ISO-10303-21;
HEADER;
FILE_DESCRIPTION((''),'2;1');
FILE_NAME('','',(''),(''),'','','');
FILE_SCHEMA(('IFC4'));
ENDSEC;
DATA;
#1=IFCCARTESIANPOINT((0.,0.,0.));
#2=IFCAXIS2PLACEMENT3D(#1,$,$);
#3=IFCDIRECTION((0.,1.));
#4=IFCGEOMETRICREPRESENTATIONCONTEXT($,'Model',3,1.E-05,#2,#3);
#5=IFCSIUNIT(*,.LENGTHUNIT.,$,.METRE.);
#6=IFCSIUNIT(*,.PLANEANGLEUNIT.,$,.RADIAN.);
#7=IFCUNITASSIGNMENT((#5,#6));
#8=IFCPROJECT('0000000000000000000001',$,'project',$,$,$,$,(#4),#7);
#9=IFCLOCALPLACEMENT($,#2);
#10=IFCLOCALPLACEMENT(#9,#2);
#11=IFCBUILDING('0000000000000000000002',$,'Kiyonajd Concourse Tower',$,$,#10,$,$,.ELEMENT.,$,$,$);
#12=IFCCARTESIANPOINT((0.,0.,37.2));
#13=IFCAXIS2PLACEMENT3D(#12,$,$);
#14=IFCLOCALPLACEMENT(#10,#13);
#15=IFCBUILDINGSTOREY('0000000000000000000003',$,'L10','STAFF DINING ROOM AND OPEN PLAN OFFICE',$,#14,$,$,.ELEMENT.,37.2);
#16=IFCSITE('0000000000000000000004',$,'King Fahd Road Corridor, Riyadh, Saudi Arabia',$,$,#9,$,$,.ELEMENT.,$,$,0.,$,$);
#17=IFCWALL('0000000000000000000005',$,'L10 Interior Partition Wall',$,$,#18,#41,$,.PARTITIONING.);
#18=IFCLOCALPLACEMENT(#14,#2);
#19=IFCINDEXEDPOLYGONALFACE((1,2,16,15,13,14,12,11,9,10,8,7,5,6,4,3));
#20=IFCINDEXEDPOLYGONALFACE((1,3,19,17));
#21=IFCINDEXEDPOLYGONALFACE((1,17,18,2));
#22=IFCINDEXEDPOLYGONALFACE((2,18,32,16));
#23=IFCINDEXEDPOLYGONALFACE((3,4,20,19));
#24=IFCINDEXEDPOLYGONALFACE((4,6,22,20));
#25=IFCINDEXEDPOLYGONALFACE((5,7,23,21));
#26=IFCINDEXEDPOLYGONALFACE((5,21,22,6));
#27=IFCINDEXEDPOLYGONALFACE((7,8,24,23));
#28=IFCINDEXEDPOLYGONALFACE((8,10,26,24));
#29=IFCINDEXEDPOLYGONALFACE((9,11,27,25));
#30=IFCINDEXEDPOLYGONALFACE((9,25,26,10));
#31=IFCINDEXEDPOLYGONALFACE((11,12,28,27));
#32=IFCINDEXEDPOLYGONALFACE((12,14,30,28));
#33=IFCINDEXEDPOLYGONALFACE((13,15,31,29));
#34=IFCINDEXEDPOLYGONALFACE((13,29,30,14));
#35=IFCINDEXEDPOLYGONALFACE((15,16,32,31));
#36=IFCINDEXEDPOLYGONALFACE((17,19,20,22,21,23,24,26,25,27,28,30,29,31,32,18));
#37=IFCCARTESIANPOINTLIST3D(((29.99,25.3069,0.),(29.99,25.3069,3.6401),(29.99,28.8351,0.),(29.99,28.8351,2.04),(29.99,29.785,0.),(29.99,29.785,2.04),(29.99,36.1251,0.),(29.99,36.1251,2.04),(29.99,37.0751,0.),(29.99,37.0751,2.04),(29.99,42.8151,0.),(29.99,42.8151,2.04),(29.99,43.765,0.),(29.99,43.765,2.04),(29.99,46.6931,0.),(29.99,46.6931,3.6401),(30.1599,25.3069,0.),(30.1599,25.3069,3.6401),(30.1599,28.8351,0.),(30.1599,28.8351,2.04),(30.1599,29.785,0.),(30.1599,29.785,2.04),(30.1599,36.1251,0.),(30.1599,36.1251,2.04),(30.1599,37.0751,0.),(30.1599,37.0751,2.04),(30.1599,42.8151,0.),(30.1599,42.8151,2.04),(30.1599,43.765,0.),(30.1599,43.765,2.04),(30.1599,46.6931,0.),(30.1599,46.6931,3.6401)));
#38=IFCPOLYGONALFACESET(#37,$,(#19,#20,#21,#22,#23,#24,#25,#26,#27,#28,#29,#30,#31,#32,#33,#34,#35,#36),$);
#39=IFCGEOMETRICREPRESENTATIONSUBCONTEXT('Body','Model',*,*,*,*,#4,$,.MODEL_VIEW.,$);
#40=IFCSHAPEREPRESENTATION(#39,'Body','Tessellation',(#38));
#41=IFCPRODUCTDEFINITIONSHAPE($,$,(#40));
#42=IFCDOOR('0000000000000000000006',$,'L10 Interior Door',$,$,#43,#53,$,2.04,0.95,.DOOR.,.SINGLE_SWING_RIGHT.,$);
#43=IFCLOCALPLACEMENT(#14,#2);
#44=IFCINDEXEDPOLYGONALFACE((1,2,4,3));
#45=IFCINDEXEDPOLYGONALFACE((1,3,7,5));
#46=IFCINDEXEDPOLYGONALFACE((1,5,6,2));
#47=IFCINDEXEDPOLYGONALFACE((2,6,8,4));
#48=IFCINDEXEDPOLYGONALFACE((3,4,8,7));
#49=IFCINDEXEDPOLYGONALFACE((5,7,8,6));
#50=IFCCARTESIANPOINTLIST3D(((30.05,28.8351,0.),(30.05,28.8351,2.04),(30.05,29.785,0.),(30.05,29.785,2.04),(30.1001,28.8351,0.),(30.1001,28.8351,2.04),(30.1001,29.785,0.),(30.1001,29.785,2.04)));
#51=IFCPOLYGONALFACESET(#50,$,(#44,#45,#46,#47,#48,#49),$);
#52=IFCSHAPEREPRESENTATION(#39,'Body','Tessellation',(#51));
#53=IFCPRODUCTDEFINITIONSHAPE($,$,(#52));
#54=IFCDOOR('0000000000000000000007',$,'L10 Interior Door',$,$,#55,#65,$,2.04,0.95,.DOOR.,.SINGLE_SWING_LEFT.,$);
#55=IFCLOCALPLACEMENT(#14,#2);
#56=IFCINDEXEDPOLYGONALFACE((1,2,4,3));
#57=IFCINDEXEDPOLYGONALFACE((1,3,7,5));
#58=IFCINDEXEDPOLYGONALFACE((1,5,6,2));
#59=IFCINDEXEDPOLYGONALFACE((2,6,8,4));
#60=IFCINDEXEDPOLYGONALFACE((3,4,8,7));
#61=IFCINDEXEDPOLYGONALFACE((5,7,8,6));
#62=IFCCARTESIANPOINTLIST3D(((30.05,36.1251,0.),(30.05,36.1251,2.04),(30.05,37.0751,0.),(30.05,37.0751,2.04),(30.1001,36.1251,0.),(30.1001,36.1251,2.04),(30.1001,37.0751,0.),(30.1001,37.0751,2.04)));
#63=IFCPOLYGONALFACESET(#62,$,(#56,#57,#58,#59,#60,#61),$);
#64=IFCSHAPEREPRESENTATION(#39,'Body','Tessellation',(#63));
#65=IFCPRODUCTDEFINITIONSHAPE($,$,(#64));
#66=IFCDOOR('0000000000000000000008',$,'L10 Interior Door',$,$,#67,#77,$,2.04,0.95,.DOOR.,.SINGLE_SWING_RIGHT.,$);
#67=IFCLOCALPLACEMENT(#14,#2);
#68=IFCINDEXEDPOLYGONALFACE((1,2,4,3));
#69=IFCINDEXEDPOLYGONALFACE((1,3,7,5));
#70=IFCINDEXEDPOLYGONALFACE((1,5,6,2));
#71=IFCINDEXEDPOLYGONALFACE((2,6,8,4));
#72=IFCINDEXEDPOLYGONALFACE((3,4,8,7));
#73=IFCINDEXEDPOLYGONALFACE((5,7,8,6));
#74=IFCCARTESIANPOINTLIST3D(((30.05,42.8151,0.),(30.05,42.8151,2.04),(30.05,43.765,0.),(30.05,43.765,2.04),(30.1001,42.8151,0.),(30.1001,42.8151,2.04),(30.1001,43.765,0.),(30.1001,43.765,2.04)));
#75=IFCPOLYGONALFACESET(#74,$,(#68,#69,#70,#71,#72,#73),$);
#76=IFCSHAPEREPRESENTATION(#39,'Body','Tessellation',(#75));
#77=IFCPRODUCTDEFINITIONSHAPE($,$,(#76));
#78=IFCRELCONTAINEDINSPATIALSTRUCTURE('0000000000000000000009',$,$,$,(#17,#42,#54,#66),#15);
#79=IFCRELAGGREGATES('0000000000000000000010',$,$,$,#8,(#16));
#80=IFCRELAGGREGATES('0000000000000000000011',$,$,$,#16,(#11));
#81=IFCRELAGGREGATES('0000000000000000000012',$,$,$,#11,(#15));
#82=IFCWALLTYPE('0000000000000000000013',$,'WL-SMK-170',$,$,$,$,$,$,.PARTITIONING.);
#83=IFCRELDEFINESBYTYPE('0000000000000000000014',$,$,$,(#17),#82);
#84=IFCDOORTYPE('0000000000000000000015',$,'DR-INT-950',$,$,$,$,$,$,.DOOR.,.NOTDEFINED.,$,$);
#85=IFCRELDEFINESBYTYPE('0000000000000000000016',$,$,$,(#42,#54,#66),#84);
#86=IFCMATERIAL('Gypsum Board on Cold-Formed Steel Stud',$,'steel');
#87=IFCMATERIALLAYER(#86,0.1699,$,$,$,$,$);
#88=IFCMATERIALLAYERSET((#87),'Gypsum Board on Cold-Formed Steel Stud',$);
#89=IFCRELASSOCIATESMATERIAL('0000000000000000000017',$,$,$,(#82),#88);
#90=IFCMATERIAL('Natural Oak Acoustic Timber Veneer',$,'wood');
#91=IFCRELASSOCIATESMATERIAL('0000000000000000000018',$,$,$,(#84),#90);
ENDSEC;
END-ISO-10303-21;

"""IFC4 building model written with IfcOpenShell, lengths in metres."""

from ifc_helpers import new_model, si_unit, direction, frame, frame_2d, origin, place, context, subcontext, project, spatial, rectangle, extrude, material, layer, layer_set, type_object, element, fill, save


model = new_model("IFC4")

# Units and contexts
model_context = context("Model", 3, precision=1e-05, world=origin(), true_north=direction((0.0, 1.0)))
body_context = subcontext(model_context, "Body", "Model", "MODEL_VIEW")
ifc_project = project(units=[si_unit("LENGTHUNIT", "METRE"), si_unit("PLANEANGLEUNIT", "RADIAN")], contexts=[model_context])

# Site, building, storey
site_placement = place(None, origin())
site = spatial("IfcSite", under=ifc_project, at=site_placement, Name="King Fahd Road Corridor, Riyadh, Saudi Arabia", CompositionType="ELEMENT", RefElevation=0.0)
building_placement = place(site_placement, origin())
building = spatial("IfcBuilding", under=site, at=building_placement, Name="Kiyonajd Concourse Tower", CompositionType="ELEMENT")
storey_placement = place(building_placement, frame((0.0, 0.0, 37.2)))
storey = spatial("IfcBuildingStorey", under=building, at=storey_placement, Name="L10", Description="STAFF DINING ROOM AND OPEN PLAN OFFICE", CompositionType="ELEMENT", Elevation=37.2)

# Shared definitions
ifc_material_1 = material(Name="Gypsum Board on Cold-Formed Steel Stud", Category="steel")

# Wall, openings, doors
ifc_layer_1 = layer(ifc_material_1, 0.1699)
ifc_layer_set_1 = layer_set([ifc_layer_1], Name="Gypsum Board on Cold-Formed Steel Stud")
wall_type_1 = type_object("IfcWallType", Name="WL-SMK-170", PredefinedType="PARTITIONING", material=ifc_layer_set_1)
ifc_material_2 = material(Name="Natural Oak Acoustic Timber Veneer", Category="wood")
door_type_1 = type_object("IfcDoorType", Name="DR-INT-950", OperationType="NOTDEFINED", PredefinedType="DOOR", material=ifc_material_2)
wall_1_placement = place(storey_placement, frame((30.075, 25.3069, 0.0), z_axis=(0.0, 0.0, 1.0), x_axis=(0.0, 1.0, 0.0)))
wall_1 = element("IfcWall", 1, at=wall_1_placement, inside=storey, type_object=wall_type_1, Name="L10 Interior Partition Wall", PredefinedType="PARTITIONING", context=body_context, shape_type="SweptSolid", body=[
    extrude(rectangle(XDim=21.3862, YDim=0.1699, at=frame_2d((10.6931, 0.0))), origin(), (0.0, 0.0, 1.0), 3.6401),
])
opening_1_placement = place(wall_1_placement, frame((3.5281, 0.0, 0.0)))
opening_1 = element("IfcOpeningElement", 2, at=opening_1_placement, cuts=wall_1, PredefinedType="OPENING", context=body_context, shape_type="SweptSolid", body=[
    extrude(rectangle(XDim=0.95, YDim=2.04, at=frame_2d((0.4751, 1.02))), frame((0.0, 0.095, 0.0), z_axis=(0.0, -1.0, 0.0), x_axis=(1.0, 0.0, 0.0)), (0.0, 0.0, 1.0), 0.1899),
])
opening_2_placement = place(wall_1_placement, frame((10.8181, 0.0, 0.0)))
opening_2 = element("IfcOpeningElement", 3, at=opening_2_placement, cuts=wall_1, PredefinedType="OPENING", context=body_context, shape_type="SweptSolid", body=[
    extrude(rectangle(XDim=0.95, YDim=2.04, at=frame_2d((0.4751, 1.02))), frame((0.0, 0.095, 0.0), z_axis=(0.0, -1.0, 0.0), x_axis=(1.0, 0.0, 0.0)), (0.0, 0.0, 1.0), 0.1899),
])
opening_3_placement = place(wall_1_placement, frame((17.5081, 0.0, 0.0)))
opening_3 = element("IfcOpeningElement", 4, at=opening_3_placement, cuts=wall_1, PredefinedType="OPENING", context=body_context, shape_type="SweptSolid", body=[
    extrude(rectangle(XDim=0.95, YDim=2.04, at=frame_2d((0.4751, 1.02))), frame((0.0, 0.095, 0.0), z_axis=(0.0, -1.0, 0.0), x_axis=(1.0, 0.0, 0.0)), (0.0, 0.0, 1.0), 0.1899),
])
door_1_placement = place(opening_1_placement, origin())
door_1 = element("IfcDoor", 5, at=door_1_placement, inside=storey, type_object=door_type_1, Name="L10 Interior Door", OperationType="SINGLE_SWING_RIGHT", OverallHeight=2.04, OverallWidth=0.95, PredefinedType="DOOR", context=body_context, shape_type="SweptSolid", body=[
    extrude(rectangle(XDim=0.95, YDim=2.04, at=frame_2d((0.4751, 1.02))), frame((0.0, 0.0249, 0.0), z_axis=(0.0, -1.0, 0.0), x_axis=(1.0, 0.0, 0.0)), (0.0, 0.0, 1.0), 0.05),
])
fill(opening_1, door_1)
door_2_placement = place(opening_2_placement, origin())
door_2 = element("IfcDoor", 6, at=door_2_placement, inside=storey, type_object=door_type_1, Name="L10 Interior Door", OperationType="SINGLE_SWING_LEFT", OverallHeight=2.04, OverallWidth=0.95, PredefinedType="DOOR", context=body_context, shape_type="SweptSolid", body=[
    extrude(rectangle(XDim=0.95, YDim=2.04, at=frame_2d((0.4751, 1.02))), frame((0.0, 0.0249, 0.0), z_axis=(0.0, -1.0, 0.0), x_axis=(1.0, 0.0, 0.0)), (0.0, 0.0, 1.0), 0.05),
])
fill(opening_2, door_2)
door_3_placement = place(opening_3_placement, origin())
door_3 = element("IfcDoor", 7, at=door_3_placement, inside=storey, type_object=door_type_1, Name="L10 Interior Door", OperationType="SINGLE_SWING_RIGHT", OverallHeight=2.04, OverallWidth=0.95, PredefinedType="DOOR", context=body_context, shape_type="SweptSolid", body=[
    extrude(rectangle(XDim=0.95, YDim=2.04, at=frame_2d((0.4751, 1.02))), frame((0.0, 0.0249, 0.0), z_axis=(0.0, -1.0, 0.0), x_axis=(1.0, 0.0, 0.0)), (0.0, 0.0, 1.0), 0.05),
])
fill(opening_3, door_3)

save(model, "model.ifc")
